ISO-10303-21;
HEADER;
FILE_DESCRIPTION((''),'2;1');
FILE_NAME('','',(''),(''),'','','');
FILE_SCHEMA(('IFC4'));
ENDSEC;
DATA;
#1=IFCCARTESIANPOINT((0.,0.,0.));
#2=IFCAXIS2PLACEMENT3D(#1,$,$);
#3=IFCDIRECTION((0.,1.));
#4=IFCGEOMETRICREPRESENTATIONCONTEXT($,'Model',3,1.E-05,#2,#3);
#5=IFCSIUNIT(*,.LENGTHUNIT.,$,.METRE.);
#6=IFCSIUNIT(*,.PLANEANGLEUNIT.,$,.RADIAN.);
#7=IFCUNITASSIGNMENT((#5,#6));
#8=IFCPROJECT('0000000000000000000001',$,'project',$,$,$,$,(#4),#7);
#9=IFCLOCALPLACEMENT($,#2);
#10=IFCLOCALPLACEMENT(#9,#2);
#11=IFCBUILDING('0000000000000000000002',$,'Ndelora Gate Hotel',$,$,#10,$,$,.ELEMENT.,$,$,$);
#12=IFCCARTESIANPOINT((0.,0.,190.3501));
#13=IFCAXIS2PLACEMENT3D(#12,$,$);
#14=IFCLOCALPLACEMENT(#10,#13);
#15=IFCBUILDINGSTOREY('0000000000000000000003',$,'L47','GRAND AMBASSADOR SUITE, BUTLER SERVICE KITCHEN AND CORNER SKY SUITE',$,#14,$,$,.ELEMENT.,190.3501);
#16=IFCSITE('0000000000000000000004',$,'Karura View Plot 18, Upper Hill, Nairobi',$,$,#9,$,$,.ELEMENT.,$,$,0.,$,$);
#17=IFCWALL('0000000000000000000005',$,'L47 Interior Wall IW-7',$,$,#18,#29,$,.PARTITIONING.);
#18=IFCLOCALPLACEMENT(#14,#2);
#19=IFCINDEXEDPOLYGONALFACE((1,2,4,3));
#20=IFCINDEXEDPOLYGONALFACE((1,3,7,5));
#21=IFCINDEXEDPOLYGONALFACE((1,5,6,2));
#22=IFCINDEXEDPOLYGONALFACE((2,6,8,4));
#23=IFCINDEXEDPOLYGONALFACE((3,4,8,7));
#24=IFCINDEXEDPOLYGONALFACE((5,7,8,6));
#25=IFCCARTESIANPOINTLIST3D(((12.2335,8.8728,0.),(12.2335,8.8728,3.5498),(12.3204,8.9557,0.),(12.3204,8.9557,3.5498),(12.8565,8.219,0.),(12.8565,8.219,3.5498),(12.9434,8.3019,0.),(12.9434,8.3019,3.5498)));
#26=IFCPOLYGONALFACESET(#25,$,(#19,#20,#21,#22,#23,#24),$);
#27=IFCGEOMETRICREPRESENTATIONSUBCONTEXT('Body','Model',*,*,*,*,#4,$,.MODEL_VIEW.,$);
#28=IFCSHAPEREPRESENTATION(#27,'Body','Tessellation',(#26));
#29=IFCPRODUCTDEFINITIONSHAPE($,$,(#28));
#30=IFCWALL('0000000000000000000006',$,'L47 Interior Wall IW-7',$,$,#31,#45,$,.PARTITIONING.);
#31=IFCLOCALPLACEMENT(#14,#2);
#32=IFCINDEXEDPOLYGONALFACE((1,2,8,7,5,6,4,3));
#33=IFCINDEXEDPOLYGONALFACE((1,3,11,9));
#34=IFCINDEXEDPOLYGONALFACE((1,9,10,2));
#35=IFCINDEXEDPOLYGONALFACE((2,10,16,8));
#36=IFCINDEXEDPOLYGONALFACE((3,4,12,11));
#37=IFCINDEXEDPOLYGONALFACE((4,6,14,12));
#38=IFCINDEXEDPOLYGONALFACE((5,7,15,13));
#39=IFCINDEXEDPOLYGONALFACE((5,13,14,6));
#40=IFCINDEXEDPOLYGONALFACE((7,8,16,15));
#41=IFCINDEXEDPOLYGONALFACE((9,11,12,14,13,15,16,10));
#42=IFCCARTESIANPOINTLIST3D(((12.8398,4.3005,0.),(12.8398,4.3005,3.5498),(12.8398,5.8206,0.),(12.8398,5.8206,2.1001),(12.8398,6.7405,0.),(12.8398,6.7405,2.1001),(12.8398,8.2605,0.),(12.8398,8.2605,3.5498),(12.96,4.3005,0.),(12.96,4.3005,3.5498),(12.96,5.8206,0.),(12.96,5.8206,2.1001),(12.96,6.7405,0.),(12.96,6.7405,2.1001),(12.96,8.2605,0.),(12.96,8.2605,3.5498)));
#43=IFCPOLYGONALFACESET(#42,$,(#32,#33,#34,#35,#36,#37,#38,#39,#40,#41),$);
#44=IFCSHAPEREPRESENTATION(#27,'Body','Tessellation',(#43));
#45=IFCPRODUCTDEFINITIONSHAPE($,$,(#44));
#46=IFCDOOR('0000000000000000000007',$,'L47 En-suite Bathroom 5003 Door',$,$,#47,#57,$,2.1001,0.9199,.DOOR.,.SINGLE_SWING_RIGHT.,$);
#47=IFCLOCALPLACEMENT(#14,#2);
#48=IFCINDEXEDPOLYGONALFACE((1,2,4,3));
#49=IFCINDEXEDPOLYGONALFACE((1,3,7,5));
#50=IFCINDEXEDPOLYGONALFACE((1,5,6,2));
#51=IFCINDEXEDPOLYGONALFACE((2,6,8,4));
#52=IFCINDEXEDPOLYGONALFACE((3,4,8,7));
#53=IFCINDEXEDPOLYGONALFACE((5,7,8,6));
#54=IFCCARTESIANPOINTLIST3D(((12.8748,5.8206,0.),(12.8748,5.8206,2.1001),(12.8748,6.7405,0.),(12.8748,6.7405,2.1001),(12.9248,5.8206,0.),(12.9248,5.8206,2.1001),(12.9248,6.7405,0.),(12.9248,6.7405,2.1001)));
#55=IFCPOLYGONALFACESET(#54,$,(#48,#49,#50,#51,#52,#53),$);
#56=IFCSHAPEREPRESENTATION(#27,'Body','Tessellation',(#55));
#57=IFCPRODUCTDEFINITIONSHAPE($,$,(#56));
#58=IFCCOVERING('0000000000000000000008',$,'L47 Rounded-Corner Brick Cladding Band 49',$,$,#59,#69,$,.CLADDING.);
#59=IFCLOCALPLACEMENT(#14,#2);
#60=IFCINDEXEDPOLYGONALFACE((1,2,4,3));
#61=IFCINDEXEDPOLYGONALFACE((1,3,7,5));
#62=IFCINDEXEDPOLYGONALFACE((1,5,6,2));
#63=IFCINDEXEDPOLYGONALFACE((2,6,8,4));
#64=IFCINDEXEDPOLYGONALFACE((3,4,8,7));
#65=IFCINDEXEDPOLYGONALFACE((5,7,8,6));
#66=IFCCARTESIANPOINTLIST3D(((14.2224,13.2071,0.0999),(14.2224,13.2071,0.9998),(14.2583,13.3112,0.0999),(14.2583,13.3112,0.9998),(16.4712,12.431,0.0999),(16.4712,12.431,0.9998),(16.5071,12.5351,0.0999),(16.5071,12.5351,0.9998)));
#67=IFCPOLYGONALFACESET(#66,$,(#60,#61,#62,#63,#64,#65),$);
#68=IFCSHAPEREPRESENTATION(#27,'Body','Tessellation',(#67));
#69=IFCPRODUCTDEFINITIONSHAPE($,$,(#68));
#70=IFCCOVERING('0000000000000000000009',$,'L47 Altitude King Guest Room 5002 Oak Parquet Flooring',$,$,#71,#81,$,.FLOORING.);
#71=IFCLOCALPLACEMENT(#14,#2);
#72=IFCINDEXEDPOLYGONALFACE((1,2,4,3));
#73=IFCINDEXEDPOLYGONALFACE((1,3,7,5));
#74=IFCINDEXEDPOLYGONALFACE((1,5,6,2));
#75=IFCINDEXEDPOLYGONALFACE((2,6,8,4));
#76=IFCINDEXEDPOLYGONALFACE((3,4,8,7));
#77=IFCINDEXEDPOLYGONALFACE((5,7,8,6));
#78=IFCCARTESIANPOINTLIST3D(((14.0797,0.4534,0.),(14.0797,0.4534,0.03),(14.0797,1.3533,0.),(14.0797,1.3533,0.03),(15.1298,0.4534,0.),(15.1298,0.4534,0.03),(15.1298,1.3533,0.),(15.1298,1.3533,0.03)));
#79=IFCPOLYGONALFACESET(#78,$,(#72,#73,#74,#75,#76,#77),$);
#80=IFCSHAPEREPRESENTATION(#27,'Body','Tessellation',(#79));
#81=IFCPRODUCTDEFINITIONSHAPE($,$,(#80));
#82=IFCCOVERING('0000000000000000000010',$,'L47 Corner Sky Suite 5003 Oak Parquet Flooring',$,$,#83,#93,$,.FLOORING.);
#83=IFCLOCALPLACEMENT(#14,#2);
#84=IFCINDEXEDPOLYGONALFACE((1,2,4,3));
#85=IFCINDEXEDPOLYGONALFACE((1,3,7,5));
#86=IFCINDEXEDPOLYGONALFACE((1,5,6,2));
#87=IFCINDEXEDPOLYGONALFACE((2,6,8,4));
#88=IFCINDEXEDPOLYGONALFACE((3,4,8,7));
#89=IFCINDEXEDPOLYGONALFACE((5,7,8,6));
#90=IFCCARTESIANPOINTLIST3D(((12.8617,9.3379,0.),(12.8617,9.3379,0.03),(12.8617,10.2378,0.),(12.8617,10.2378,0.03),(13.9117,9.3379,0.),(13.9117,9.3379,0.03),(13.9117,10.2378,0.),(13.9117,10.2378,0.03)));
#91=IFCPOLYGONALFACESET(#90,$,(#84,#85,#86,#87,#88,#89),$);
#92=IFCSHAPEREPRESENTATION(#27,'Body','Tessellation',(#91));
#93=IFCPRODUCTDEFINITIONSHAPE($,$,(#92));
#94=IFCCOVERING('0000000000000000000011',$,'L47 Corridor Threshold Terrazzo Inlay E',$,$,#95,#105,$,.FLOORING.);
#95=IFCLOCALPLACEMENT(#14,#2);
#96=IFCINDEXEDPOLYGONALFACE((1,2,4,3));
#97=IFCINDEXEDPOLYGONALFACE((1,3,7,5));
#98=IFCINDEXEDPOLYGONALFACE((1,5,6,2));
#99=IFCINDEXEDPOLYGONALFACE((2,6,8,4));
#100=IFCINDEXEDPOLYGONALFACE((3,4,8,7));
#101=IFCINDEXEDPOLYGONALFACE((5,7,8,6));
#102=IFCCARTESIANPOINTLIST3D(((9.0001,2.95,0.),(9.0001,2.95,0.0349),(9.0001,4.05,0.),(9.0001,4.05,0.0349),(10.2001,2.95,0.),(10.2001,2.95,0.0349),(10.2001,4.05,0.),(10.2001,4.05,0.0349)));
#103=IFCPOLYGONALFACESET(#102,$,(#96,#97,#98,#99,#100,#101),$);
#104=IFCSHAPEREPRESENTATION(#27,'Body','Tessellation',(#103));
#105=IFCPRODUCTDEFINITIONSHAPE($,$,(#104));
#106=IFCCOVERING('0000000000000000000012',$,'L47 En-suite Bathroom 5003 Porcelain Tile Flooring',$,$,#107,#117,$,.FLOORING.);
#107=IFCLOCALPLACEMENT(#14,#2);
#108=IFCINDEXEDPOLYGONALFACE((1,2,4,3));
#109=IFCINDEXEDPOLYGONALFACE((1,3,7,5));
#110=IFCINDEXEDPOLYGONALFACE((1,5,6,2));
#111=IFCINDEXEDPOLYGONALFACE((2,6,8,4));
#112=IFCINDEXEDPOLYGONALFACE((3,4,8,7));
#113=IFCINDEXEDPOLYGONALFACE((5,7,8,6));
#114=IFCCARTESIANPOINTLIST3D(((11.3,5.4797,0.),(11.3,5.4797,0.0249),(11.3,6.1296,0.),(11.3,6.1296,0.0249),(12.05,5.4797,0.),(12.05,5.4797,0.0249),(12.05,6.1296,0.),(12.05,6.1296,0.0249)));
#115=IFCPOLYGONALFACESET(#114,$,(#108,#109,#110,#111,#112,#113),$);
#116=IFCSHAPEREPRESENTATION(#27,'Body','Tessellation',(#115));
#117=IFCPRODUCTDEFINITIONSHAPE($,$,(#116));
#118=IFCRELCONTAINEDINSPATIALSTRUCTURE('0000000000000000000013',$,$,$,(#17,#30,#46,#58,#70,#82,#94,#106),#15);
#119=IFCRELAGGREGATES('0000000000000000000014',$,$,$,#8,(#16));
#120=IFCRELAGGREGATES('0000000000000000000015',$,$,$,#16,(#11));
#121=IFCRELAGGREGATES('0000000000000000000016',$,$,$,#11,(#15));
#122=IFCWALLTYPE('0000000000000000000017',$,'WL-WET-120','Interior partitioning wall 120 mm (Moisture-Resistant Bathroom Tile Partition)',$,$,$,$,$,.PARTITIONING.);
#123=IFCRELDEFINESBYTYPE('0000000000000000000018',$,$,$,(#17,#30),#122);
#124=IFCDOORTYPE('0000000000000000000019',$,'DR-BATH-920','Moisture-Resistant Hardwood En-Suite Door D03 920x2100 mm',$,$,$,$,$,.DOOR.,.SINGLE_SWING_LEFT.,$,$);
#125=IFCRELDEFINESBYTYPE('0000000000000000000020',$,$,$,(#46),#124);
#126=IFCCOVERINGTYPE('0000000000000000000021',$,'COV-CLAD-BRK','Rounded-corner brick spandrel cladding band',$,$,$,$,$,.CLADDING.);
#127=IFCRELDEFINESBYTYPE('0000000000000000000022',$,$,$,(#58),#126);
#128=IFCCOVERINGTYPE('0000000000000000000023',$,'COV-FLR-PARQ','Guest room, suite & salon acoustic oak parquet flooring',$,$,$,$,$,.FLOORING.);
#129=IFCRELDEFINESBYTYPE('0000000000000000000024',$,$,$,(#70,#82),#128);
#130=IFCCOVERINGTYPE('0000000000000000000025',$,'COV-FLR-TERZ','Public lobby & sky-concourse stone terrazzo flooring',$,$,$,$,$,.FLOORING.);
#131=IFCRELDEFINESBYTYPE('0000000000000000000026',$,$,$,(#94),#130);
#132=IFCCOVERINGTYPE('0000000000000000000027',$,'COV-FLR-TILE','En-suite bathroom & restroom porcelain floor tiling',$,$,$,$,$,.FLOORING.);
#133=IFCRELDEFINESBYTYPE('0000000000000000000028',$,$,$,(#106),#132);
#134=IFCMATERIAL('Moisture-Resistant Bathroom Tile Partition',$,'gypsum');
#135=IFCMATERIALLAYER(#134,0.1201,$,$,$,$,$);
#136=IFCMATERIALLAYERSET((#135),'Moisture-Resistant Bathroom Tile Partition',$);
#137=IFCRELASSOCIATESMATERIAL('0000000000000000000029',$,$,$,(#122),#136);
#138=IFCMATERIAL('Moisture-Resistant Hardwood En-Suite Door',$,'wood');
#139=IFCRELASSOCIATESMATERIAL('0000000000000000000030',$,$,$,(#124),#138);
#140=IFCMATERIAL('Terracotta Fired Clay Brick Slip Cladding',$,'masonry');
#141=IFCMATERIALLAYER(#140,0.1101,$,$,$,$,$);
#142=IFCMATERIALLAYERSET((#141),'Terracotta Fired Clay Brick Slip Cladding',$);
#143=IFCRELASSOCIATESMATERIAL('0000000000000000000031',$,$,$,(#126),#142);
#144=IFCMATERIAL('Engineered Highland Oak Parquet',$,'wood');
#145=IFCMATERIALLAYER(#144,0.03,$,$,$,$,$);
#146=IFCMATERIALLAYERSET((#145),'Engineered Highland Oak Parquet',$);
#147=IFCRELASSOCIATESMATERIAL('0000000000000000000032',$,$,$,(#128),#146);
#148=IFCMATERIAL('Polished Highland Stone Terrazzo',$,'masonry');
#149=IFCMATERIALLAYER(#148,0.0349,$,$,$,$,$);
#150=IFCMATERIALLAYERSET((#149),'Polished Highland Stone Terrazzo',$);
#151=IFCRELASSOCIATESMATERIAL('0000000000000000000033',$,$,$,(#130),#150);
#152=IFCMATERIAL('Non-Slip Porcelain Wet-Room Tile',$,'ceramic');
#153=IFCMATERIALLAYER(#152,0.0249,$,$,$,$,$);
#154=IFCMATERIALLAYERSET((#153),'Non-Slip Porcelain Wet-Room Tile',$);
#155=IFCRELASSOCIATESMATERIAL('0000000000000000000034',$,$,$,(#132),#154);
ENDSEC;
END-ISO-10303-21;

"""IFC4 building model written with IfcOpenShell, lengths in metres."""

from ifc_helpers import new_model, si_unit, direction, frame, frame_2d, origin, origin_2d, place, context, subcontext, project, spatial, rectangle, extrude, material, layer, layer_set, type_object, element, fill, save


model = new_model("IFC4")

# Units and contexts
model_context = context("Model", 3, precision=1e-05, world=origin(), true_north=direction((0.0, 1.0)))
body_context = subcontext(model_context, "Body", "Model", "MODEL_VIEW")
ifc_project = project(units=[si_unit("LENGTHUNIT", "METRE"), si_unit("PLANEANGLEUNIT", "RADIAN")], contexts=[model_context])

# Site, building, storey
site_placement = place(None, origin())
site = spatial("IfcSite", under=ifc_project, at=site_placement, Name="Karura View Plot 18, Upper Hill, Nairobi", CompositionType="ELEMENT", RefElevation=0.0)
building_placement = place(site_placement, origin())
building = spatial("IfcBuilding", under=site, at=building_placement, Name="Ndelora Gate Hotel", CompositionType="ELEMENT")
storey_placement = place(building_placement, frame((0.0, 0.0, 190.3501)))
storey = spatial("IfcBuildingStorey", under=building, at=storey_placement, Name="L47", Description="GRAND AMBASSADOR SUITE, BUTLER SERVICE KITCHEN AND CORNER SKY SUITE", CompositionType="ELEMENT", Elevation=190.3501)

# Shared definitions
ifc_material_1 = material(Name="Moisture-Resistant Bathroom Tile Partition", Category="gypsum")
ifc_layer_1 = layer(ifc_material_1, 0.1201)
ifc_layer_set_1 = layer_set([ifc_layer_1], Name="Moisture-Resistant Bathroom Tile Partition")
wall_type_1 = type_object("IfcWallType", Name="WL-WET-120", Description="Interior partitioning wall 120 mm (Moisture-Resistant Bathroom Tile Partition)", PredefinedType="PARTITIONING", material=ifc_layer_set_1)

# Shared definitions
ifc_material_2 = material(Name="Moisture-Resistant Hardwood En-Suite Door", Category="wood")
door_type_1 = type_object("IfcDoorType", Name="DR-BATH-920", Description="Moisture-Resistant Hardwood En-Suite Door D03 920x2100 mm", OperationType="SINGLE_SWING_LEFT", PredefinedType="DOOR", material=ifc_material_2)

# Wall
wall_1_placement = place(storey_placement, frame((12.2769, 8.9143, 0.0), z_axis=(0.0, 0.0, 1.0), x_axis=(0.689871, -0.723932, 0.0)))
element("IfcWall", 1, at=wall_1_placement, inside=storey, type_object=wall_type_1, Name="L47 Interior Wall IW-7", PredefinedType="PARTITIONING", context=body_context, shape_type="SweptSolid", body=[
    extrude(rectangle(XDim=0.9031, YDim=0.1201, at=frame_2d((0.4517, 0.0))), origin(), (0.0, 0.0, 1.0), 3.5498),
])

# Wall, opening, door
wall_2_placement = place(storey_placement, frame((12.8999, 8.2605, 0.0), z_axis=(0.0, 0.0, 1.0), x_axis=(0.0, -1.0, 0.0)))
wall_2 = element("IfcWall", 2, at=wall_2_placement, inside=storey, type_object=wall_type_1, Name="L47 Interior Wall IW-7", PredefinedType="PARTITIONING", context=body_context, shape_type="SweptSolid", body=[
    extrude(rectangle(XDim=3.96, YDim=0.1201, at=frame_2d((1.98, 0.0))), origin(), (0.0, 0.0, 1.0), 3.5498),
])
opening_1_placement = place(wall_2_placement, frame((1.52, 0.0, 0.0)))
opening_1 = element("IfcOpeningElement", 3, at=opening_1_placement, cuts=wall_2, PredefinedType="OPENING", context=body_context, shape_type="SweptSolid", body=[
    extrude(rectangle(XDim=0.9199, YDim=2.1001, at=frame_2d((0.46, 1.05))), frame((0.0, 0.0701, 0.0), z_axis=(0.0, -1.0, 0.0), x_axis=(1.0, 0.0, 0.0)), (0.0, 0.0, 1.0), 0.1401),
])
door_1_placement = place(opening_1_placement, origin())
door_1 = element("IfcDoor", 4, at=door_1_placement, inside=storey, type_object=door_type_1, Name="L47 En-suite Bathroom 5003 Door", OperationType="SINGLE_SWING_RIGHT", OverallHeight=2.1001, OverallWidth=0.9199, PredefinedType="DOOR", context=body_context, shape_type="SweptSolid", body=[
    extrude(rectangle(XDim=0.9199, YDim=2.1001, at=frame_2d((0.46, 1.05))), frame((0.0, 0.0249, 0.0), z_axis=(0.0, -1.0, 0.0), x_axis=(1.0, 0.0, 0.0)), (0.0, 0.0, 1.0), 0.05),
])
fill(opening_1, door_1)

# Coverings
ifc_material_3 = material(Name="Terracotta Fired Clay Brick Slip Cladding", Category="masonry")
ifc_layer_2 = layer(ifc_material_3, 0.1101)
ifc_layer_set_2 = layer_set([ifc_layer_2], Name="Terracotta Fired Clay Brick Slip Cladding")
covering_type_1 = type_object("IfcCoveringType", Name="COV-CLAD-BRK", Description="Rounded-corner brick spandrel cladding band", PredefinedType="CLADDING", material=ifc_layer_set_2)
covering_1_placement = place(storey_placement, frame((15.3647, 12.8711, 0.0999), z_axis=(0.0, 0.0, 1.0), x_axis=(-0.945291, 0.326228, 0.0)))
element("IfcCovering", 5, at=covering_1_placement, inside=storey, type_object=covering_type_1, Name="L47 Rounded-Corner Brick Cladding Band 49", PredefinedType="CLADDING", context=body_context, shape_type="SweptSolid", body=[
    extrude(rectangle(XDim=2.3789, YDim=0.1101, at=origin_2d()), origin(), (0.0, 0.0, 1.0), 0.8999),
])
ifc_material_4 = material(Name="Engineered Highland Oak Parquet", Category="wood")
ifc_layer_3 = layer(ifc_material_4, 0.03)
ifc_layer_set_3 = layer_set([ifc_layer_3], Name="Engineered Highland Oak Parquet")
covering_type_2 = type_object("IfcCoveringType", Name="COV-FLR-PARQ", Description="Guest room, suite & salon acoustic oak parquet flooring", PredefinedType="FLOORING", material=ifc_layer_set_3)
for number, where, z_axis, x_axis, name in (
    (6, (14.6047, 0.9033, 0.0), (0.0, 0.0, 1.0), (1.0, 0.0, 0.0), "L47 Altitude King Guest Room 5002 Oak Parquet Flooring"),
    (7, (13.3867, 9.7878, 0.0), (0.0, 0.0, 1.0), (1.0, 0.0, 0.0), "L47 Corner Sky Suite 5003 Oak Parquet Flooring"),
):
    element("IfcCovering", number, at=place(storey_placement, frame(where, z_axis=z_axis, x_axis=x_axis)), inside=storey, type_object=covering_type_2, Name=name, PredefinedType="FLOORING", context=body_context, shape_type="SweptSolid", body=[
        extrude(rectangle(XDim=1.05, YDim=0.8999, at=origin_2d()), origin(), (0.0, 0.0, 1.0), 0.03),
    ])
ifc_material_5 = material(Name="Polished Highland Stone Terrazzo", Category="masonry")
ifc_layer_4 = layer(ifc_material_5, 0.0349)
ifc_layer_set_4 = layer_set([ifc_layer_4], Name="Polished Highland Stone Terrazzo")
covering_type_3 = type_object("IfcCoveringType", Name="COV-FLR-TERZ", Description="Public lobby & sky-concourse stone terrazzo flooring", PredefinedType="FLOORING", material=ifc_layer_set_4)
covering_2_placement = place(storey_placement, frame((9.6001, 3.5, 0.0), z_axis=(0.0, 0.0, 1.0), x_axis=(1.0, 0.0, 0.0)))
element("IfcCovering", 8, at=covering_2_placement, inside=storey, type_object=covering_type_3, Name="L47 Corridor Threshold Terrazzo Inlay E", PredefinedType="FLOORING", context=body_context, shape_type="SweptSolid", body=[
    extrude(rectangle(XDim=1.2, YDim=1.1001, at=origin_2d()), origin(), (0.0, 0.0, 1.0), 0.0349),
])
ifc_material_6 = material(Name="Non-Slip Porcelain Wet-Room Tile", Category="ceramic")
ifc_layer_5 = layer(ifc_material_6, 0.0249)
ifc_layer_set_5 = layer_set([ifc_layer_5], Name="Non-Slip Porcelain Wet-Room Tile")
covering_type_4 = type_object("IfcCoveringType", Name="COV-FLR-TILE", Description="En-suite bathroom & restroom porcelain floor tiling", PredefinedType="FLOORING", material=ifc_layer_set_5)
covering_3_placement = place(storey_placement, frame((11.675, 5.8047, 0.0), z_axis=(0.0, 0.0, 1.0), x_axis=(1.0, 0.0, 0.0)))
element("IfcCovering", 9, at=covering_3_placement, inside=storey, type_object=covering_type_4, Name="L47 En-suite Bathroom 5003 Porcelain Tile Flooring", PredefinedType="FLOORING", context=body_context, shape_type="SweptSolid", body=[
    extrude(rectangle(XDim=0.75, YDim=0.6499, at=origin_2d()), origin(), (0.0, 0.0, 1.0), 0.0249),
])

save(model, "model.ifc")
